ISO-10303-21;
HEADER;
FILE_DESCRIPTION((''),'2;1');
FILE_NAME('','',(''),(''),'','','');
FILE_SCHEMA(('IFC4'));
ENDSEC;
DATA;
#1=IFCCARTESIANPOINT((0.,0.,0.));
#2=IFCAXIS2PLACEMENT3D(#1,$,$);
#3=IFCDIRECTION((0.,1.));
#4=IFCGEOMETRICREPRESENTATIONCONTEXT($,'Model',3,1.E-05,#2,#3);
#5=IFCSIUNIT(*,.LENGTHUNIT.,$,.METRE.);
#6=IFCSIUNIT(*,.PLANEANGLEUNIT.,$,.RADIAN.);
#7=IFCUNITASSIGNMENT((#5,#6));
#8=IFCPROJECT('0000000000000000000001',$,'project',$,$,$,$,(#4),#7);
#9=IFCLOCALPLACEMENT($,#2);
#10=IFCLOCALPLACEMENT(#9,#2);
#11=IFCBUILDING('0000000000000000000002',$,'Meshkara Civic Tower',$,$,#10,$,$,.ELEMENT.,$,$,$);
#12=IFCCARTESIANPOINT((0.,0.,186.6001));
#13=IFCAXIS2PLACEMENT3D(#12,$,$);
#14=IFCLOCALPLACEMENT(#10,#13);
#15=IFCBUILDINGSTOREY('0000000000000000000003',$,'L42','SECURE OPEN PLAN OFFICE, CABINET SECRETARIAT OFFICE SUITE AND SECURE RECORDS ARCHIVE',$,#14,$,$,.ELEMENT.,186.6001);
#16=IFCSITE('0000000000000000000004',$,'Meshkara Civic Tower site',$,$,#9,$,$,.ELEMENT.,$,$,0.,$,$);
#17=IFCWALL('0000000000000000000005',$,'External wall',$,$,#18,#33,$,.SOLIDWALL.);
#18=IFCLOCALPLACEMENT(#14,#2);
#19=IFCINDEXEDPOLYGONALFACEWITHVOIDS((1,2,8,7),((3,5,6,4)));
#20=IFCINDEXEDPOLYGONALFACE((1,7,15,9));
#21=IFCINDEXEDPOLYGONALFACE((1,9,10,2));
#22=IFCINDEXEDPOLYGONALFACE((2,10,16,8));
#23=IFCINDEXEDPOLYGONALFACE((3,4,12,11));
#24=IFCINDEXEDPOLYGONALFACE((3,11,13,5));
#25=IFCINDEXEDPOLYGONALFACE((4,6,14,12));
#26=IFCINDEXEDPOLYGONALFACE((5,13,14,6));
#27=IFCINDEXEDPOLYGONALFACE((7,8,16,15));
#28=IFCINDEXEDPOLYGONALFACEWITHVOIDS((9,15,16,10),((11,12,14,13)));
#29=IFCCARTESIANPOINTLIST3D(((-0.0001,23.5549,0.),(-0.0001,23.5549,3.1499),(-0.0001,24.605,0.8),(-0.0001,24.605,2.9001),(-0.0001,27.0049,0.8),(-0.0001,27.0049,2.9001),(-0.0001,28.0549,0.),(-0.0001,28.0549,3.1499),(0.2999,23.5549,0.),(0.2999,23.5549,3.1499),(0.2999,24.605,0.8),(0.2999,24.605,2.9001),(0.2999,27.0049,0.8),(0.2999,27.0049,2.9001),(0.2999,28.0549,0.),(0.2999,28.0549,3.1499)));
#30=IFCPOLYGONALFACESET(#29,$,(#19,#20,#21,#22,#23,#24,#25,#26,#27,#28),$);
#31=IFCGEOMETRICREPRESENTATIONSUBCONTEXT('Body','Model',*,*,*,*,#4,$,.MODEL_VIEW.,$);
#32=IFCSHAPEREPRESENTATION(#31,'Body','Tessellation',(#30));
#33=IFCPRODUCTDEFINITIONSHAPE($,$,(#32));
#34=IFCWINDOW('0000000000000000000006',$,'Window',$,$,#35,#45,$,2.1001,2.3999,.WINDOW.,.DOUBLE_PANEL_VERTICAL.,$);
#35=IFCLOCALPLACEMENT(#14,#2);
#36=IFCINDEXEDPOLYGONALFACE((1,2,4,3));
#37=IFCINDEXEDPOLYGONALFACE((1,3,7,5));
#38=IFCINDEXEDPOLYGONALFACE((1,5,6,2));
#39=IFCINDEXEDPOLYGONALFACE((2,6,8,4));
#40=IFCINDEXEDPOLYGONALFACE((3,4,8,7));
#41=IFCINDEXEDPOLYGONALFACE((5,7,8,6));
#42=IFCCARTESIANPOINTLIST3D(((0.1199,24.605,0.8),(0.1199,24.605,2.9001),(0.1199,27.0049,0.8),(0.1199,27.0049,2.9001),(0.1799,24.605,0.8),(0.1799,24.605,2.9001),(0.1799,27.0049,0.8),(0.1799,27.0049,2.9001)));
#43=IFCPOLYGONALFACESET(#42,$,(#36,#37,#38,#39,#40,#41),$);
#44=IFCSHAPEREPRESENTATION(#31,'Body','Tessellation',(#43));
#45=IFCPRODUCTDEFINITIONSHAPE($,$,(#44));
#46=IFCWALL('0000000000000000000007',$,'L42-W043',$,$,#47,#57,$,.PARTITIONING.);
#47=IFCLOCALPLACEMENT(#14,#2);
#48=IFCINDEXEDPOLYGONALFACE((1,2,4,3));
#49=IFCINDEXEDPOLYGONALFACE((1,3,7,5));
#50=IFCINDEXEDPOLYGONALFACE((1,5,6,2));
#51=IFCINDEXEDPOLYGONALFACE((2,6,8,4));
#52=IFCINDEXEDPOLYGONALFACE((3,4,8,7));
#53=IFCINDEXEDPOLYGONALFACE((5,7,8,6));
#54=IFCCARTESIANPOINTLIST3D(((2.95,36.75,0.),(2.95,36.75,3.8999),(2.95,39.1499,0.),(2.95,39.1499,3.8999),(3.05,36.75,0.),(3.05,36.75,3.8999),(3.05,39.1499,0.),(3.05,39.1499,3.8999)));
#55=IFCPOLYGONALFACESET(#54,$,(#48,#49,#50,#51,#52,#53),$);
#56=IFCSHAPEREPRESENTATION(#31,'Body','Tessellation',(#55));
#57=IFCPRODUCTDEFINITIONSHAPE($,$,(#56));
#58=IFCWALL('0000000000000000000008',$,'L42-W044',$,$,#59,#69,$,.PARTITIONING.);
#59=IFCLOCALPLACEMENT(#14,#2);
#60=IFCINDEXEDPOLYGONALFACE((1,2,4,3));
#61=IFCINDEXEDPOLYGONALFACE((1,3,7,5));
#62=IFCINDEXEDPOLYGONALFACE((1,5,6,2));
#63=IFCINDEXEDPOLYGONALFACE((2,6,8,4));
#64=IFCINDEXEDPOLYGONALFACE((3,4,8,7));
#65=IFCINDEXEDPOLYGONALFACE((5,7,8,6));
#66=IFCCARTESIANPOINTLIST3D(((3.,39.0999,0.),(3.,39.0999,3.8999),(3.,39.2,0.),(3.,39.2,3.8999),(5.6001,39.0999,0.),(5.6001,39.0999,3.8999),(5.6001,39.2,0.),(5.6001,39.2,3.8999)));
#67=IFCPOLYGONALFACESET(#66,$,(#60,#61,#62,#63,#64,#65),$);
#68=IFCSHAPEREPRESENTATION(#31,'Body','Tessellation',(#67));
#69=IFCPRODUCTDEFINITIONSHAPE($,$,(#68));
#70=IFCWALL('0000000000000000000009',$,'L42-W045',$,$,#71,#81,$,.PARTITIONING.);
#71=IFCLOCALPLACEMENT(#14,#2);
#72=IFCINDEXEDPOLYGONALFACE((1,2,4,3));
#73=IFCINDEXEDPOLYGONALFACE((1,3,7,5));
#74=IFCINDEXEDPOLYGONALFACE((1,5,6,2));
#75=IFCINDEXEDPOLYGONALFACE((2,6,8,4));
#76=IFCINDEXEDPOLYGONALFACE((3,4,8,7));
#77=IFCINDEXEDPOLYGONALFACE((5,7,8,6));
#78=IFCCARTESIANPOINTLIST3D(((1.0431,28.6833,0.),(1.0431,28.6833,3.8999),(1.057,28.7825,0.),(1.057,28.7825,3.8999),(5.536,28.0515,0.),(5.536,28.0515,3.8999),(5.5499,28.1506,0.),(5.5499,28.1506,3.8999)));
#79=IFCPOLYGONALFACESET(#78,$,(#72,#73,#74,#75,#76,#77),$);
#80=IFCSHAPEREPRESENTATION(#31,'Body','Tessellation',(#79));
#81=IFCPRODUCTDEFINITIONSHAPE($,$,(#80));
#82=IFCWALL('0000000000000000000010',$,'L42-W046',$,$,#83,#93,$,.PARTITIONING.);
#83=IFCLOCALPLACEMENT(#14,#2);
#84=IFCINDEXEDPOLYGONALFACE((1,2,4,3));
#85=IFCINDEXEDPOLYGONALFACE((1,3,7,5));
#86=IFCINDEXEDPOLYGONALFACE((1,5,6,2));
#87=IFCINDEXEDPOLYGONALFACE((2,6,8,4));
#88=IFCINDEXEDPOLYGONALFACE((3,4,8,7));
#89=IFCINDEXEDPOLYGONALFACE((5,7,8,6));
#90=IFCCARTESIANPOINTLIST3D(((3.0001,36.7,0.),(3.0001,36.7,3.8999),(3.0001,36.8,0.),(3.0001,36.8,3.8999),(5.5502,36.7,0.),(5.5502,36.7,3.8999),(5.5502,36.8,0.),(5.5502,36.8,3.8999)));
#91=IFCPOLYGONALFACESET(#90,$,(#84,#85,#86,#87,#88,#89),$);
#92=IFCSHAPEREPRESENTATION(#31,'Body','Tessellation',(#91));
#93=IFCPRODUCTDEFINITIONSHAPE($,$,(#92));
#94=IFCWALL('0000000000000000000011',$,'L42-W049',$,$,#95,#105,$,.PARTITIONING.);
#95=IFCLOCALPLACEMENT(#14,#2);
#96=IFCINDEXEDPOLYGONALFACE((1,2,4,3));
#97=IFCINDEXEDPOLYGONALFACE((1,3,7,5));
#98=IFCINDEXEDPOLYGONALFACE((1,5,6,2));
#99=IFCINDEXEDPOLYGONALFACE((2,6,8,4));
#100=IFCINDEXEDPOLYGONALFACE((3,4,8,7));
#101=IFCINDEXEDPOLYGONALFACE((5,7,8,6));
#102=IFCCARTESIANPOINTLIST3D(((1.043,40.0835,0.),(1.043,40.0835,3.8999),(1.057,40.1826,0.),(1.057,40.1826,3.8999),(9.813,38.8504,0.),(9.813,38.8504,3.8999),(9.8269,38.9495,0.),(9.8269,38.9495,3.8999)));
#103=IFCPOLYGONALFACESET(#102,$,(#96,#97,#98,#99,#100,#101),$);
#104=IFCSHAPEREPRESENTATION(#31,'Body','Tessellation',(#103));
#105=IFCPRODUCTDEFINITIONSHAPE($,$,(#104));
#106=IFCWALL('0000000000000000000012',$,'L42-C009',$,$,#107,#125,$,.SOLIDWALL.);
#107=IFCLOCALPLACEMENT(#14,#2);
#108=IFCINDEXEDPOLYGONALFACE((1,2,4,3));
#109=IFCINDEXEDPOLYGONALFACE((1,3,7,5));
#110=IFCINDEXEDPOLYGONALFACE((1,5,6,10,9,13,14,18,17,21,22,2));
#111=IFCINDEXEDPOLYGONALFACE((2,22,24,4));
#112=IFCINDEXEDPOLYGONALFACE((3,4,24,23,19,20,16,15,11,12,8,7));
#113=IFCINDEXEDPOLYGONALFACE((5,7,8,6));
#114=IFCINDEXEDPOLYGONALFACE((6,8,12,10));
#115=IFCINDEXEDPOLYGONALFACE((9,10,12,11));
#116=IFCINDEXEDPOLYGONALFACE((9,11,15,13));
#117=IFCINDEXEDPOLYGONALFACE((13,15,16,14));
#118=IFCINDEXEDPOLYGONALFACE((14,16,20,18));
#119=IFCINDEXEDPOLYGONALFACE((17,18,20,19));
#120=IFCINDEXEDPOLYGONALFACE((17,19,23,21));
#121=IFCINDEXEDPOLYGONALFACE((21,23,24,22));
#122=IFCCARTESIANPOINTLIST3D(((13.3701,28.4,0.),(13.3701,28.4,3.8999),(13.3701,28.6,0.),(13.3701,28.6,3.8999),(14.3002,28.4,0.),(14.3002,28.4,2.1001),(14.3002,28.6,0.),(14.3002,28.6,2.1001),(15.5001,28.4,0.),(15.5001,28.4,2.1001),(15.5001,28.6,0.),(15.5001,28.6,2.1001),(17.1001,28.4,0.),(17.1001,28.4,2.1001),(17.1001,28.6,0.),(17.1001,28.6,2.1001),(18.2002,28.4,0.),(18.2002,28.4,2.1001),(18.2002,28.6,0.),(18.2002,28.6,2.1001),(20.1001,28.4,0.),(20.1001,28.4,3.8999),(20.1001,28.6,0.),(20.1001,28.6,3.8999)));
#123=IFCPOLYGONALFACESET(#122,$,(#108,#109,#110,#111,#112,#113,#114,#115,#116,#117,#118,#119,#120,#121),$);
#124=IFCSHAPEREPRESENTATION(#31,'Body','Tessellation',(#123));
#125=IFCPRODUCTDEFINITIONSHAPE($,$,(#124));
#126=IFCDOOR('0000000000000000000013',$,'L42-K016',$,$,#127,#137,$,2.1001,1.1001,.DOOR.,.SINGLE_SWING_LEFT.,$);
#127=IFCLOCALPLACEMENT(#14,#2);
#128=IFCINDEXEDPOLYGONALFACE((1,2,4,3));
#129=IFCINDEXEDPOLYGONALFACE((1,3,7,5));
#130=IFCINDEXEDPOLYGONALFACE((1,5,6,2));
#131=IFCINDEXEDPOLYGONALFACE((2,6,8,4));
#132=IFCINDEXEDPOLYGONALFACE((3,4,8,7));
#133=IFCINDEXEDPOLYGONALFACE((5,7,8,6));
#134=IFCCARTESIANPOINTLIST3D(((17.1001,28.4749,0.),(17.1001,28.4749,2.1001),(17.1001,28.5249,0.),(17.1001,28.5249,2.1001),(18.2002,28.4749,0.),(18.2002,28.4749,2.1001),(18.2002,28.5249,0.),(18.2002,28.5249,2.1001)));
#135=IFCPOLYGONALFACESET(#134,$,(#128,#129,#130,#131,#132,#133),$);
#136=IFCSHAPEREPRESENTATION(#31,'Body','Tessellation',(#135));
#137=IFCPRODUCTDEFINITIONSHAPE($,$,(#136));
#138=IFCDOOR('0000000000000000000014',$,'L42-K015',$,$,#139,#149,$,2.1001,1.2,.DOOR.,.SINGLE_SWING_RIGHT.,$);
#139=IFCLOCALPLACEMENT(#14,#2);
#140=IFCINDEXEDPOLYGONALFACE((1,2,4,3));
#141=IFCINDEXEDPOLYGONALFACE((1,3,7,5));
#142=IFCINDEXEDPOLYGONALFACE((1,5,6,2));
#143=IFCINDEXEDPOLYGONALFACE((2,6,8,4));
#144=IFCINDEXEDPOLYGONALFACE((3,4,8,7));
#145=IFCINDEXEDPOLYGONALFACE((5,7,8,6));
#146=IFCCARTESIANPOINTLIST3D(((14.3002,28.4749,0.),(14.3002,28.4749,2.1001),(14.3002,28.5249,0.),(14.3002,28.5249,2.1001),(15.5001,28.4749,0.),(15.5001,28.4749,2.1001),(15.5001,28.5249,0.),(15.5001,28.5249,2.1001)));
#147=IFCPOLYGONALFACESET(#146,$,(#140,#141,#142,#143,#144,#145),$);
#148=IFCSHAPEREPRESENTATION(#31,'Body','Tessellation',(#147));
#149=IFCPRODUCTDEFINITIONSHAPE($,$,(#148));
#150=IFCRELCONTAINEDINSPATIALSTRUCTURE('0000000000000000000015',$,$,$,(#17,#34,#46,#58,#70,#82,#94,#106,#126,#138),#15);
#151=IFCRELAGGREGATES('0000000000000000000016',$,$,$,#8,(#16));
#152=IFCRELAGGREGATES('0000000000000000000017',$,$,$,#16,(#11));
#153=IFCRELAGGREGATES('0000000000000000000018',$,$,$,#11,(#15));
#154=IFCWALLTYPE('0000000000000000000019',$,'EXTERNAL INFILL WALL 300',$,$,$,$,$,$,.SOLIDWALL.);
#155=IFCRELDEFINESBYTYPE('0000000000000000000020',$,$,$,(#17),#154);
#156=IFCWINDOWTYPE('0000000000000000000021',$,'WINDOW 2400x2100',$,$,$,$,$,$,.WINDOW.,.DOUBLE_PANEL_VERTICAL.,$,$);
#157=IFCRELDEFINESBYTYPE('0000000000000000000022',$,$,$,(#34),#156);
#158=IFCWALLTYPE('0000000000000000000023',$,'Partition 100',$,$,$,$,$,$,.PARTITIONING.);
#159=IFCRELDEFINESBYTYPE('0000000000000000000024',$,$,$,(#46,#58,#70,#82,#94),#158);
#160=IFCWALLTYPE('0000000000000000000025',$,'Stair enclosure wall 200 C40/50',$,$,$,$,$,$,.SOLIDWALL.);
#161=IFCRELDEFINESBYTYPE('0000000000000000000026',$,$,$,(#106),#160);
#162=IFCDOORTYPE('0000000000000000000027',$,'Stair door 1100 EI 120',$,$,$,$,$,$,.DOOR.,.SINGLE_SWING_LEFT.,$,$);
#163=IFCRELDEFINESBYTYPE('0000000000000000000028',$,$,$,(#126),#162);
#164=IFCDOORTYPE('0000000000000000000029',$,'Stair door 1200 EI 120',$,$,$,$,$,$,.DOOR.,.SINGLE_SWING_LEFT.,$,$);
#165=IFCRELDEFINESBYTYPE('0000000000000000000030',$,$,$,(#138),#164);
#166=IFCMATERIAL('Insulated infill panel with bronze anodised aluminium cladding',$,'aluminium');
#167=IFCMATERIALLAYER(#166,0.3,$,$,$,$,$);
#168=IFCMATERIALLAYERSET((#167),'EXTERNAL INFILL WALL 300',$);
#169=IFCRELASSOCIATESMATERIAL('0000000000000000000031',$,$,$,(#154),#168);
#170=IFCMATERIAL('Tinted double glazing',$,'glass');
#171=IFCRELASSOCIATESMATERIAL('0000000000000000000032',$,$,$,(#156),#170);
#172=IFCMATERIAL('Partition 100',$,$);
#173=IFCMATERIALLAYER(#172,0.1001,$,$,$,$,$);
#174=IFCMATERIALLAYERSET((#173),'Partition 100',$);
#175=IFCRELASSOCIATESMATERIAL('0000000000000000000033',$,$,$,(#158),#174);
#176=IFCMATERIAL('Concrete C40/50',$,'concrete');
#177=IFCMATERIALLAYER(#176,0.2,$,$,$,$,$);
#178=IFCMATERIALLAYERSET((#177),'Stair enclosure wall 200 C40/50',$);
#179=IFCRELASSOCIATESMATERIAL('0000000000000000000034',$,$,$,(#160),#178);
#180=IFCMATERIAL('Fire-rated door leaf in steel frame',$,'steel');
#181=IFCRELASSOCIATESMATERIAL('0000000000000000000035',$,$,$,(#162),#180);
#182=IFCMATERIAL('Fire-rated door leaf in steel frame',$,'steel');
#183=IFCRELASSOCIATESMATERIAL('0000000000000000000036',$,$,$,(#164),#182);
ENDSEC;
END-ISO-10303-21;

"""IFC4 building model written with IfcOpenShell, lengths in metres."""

from ifc_helpers import new_model, si_unit, direction, frame, frame_2d, origin, place, context, subcontext, project, spatial, rectangle, extrude, material, layer, layer_set, type_object, element, fill, save


model = new_model("IFC4")

# Units and contexts
model_context = context("Model", 3, precision=1e-05, world=origin(), true_north=direction((0.0, 1.0)))
body_context = subcontext(model_context, "Body", "Model", "MODEL_VIEW")
ifc_project = project(units=[si_unit("LENGTHUNIT", "METRE"), si_unit("PLANEANGLEUNIT", "RADIAN")], contexts=[model_context])

# Site, building, storey
site_placement = place(None, origin())
site = spatial("IfcSite", under=ifc_project, at=site_placement, Name="Meshkara Civic Tower site", CompositionType="ELEMENT", RefElevation=0.0)
building_placement = place(site_placement, origin())
building = spatial("IfcBuilding", under=site, at=building_placement, Name="Meshkara Civic Tower", CompositionType="ELEMENT")
storey_placement = place(building_placement, frame((0.0, 0.0, 186.6001)))
storey = spatial("IfcBuildingStorey", under=building, at=storey_placement, Name="L42", Description="SECURE OPEN PLAN OFFICE, CABINET SECRETARIAT OFFICE SUITE AND SECURE RECORDS ARCHIVE", CompositionType="ELEMENT", Elevation=186.6001)

# Wall, opening, window
ifc_material_1 = material(Name="Insulated infill panel with bronze anodised aluminium cladding", Category="aluminium")
ifc_layer_1 = layer(ifc_material_1, 0.3)
ifc_layer_set_1 = layer_set([ifc_layer_1], Name="EXTERNAL INFILL WALL 300")
wall_type_1 = type_object("IfcWallType", Name="EXTERNAL INFILL WALL 300", PredefinedType="SOLIDWALL", material=ifc_layer_set_1)
ifc_material_2 = material(Name="Tinted double glazing", Category="glass")
window_type = type_object("IfcWindowType", Name="WINDOW 2400x2100", PartitioningType="DOUBLE_PANEL_VERTICAL", PredefinedType="WINDOW", material=ifc_material_2)
wall_1_placement = place(storey_placement, frame((0.1499, 28.0549, 0.0), z_axis=(0.0, 0.0, 1.0), x_axis=(0.0, -1.0, 0.0)))
wall_1 = element("IfcWall", 1, at=wall_1_placement, inside=storey, type_object=wall_type_1, Name="External wall", PredefinedType="SOLIDWALL", context=body_context, shape_type="SweptSolid", body=[
    extrude(rectangle(XDim=4.5, YDim=0.3, at=frame_2d((2.25, 0.0))), origin(), (0.0, 0.0, 1.0), 3.1499),
])
opening_1_placement = place(wall_1_placement, frame((1.05, 0.0, 0.8)))
opening_1 = element("IfcOpeningElement", 2, at=opening_1_placement, cuts=wall_1, PredefinedType="OPENING", context=body_context, shape_type="SweptSolid", body=[
    extrude(rectangle(XDim=2.3999, YDim=2.1001, at=frame_2d((1.2, 1.05))), frame((0.0, 0.1599, 0.0), z_axis=(0.0, -1.0, 0.0), x_axis=(1.0, 0.0, 0.0)), (0.0, 0.0, 1.0), 0.3201),
])
window_1_placement = place(opening_1_placement, origin())
window_1 = element("IfcWindow", 3, at=window_1_placement, inside=storey, type_object=window_type, Name="Window", OverallHeight=2.1001, OverallWidth=2.3999, PartitioningType="DOUBLE_PANEL_VERTICAL", PredefinedType="WINDOW", context=body_context, shape_type="SweptSolid", body=[
    extrude(rectangle(XDim=2.3999, YDim=2.1001, at=frame_2d((1.2, 1.05))), frame((0.0, 0.03, 0.0), z_axis=(0.0, -1.0, 0.0), x_axis=(1.0, 0.0, 0.0)), (0.0, 0.0, 1.0), 0.0601),
])
fill(opening_1, window_1)

# Walls
ifc_material_3 = material(Name="Partition 100")
ifc_layer_2 = layer(ifc_material_3, 0.1001)
ifc_layer_set_2 = layer_set([ifc_layer_2], Name="Partition 100")
wall_type_2 = type_object("IfcWallType", Name="Partition 100", PredefinedType="PARTITIONING", material=ifc_layer_set_2)
wall_2_placement = place(storey_placement, frame((3.0, 36.75, 0.0), z_axis=(0.0, 0.0, 1.0), x_axis=(0.0, 1.0, 0.0)))
element("IfcWall", 4, at=wall_2_placement, inside=storey, type_object=wall_type_2, Name="L42-W043", PredefinedType="PARTITIONING", context=body_context, shape_type="SweptSolid", body=[
    extrude(rectangle(XDim=2.3999, YDim=0.1001, at=frame_2d((1.2, 0.0))), origin(), (0.0, 0.0, 1.0), 3.8999),
])
wall_3_placement = place(storey_placement, frame((3.0, 39.1499, 0.0), z_axis=(0.0, 0.0, 1.0), x_axis=(1.0, 0.0, 0.0)))
element("IfcWall", 5, at=wall_3_placement, inside=storey, type_object=wall_type_2, Name="L42-W044", PredefinedType="PARTITIONING", context=body_context, shape_type="SweptSolid", body=[
    extrude(rectangle(XDim=2.6001, YDim=0.1001, at=frame_2d((1.3, 0.0))), origin(), (0.0, 0.0, 1.0), 3.8999),
])
wall_4_placement = place(storey_placement, frame((5.543, 28.1011, 0.0), z_axis=(0.0, 0.0, 1.0), x_axis=(-0.990256, 0.139259, 0.0)))
element("IfcWall", 6, at=wall_4_placement, inside=storey, type_object=wall_type_2, Name="L42-W045", PredefinedType="PARTITIONING", context=body_context, shape_type="SweptSolid", body=[
    extrude(rectangle(XDim=4.5371, YDim=0.1001, at=frame_2d((2.2686, 0.0))), origin(), (0.0, 0.0, 1.0), 3.8999),
])
wall_5_placement = place(storey_placement, frame((5.55, 36.75, 0.0), z_axis=(0.0, 0.0, 1.0), x_axis=(-1.0, 0.0, 0.0)))
element("IfcWall", 7, at=wall_5_placement, inside=storey, type_object=wall_type_2, Name="L42-W046", PredefinedType="PARTITIONING", context=body_context, shape_type="SweptSolid", body=[
    extrude(rectangle(XDim=2.55, YDim=0.1001, at=frame_2d((1.2749, 0.0))), origin(), (0.0, 0.0, 1.0), 3.8999),
])
wall_6_placement = place(storey_placement, frame((9.8201, 38.8999, 0.0), z_axis=(0.0, 0.0, 1.0), x_axis=(-0.990259, 0.13924, 0.0)))
element("IfcWall", 8, at=wall_6_placement, inside=storey, type_object=wall_type_2, Name="L42-W049", PredefinedType="PARTITIONING", context=body_context, shape_type="SweptSolid", body=[
    extrude(rectangle(XDim=8.8562, YDim=0.1001, at=frame_2d((4.4282, 0.0))), origin(), (0.0, 0.0, 1.0), 3.8999),
])

# Wall, openings, doors
ifc_material_4 = material(Name="Concrete C40/50", Category="concrete")
ifc_layer_3 = layer(ifc_material_4, 0.2)
ifc_layer_set_3 = layer_set([ifc_layer_3], Name="Stair enclosure wall 200 C40/50")
wall_type_3 = type_object("IfcWallType", Name="Stair enclosure wall 200 C40/50", PredefinedType="SOLIDWALL", material=ifc_layer_set_3)
wall_7_placement = place(storey_placement, frame((13.3701, 28.5, 0.0), z_axis=(0.0, 0.0, 1.0), x_axis=(1.0, 0.0, 0.0)))
wall_7 = element("IfcWall", 9, at=wall_7_placement, inside=storey, type_object=wall_type_3, Name="L42-C009", PredefinedType="SOLIDWALL", context=body_context, shape_type="SweptSolid", body=[
    extrude(rectangle(XDim=6.73, YDim=0.2, at=frame_2d((3.365, 0.0))), origin(), (0.0, 0.0, 1.0), 3.8999),
])
opening_2_placement = place(wall_7_placement, frame((0.9299, 0.0, 0.0)))
opening_2 = element("IfcOpeningElement", 10, at=opening_2_placement, cuts=wall_7, PredefinedType="OPENING", context=body_context, shape_type="SweptSolid", body=[
    extrude(rectangle(XDim=1.2, YDim=2.1001, at=frame_2d((0.6001, 1.05))), frame((0.0, 0.1099, 0.0), z_axis=(0.0, -1.0, 0.0), x_axis=(1.0, 0.0, 0.0)), (0.0, 0.0, 1.0), 0.22),
])
opening_3_placement = place(wall_7_placement, frame((3.73, 0.0, 0.0)))
opening_3 = element("IfcOpeningElement", 11, at=opening_3_placement, cuts=wall_7, PredefinedType="OPENING", context=body_context, shape_type="SweptSolid", body=[
    extrude(rectangle(XDim=1.1001, YDim=2.1001, at=frame_2d((0.55, 1.05))), frame((0.0, 0.1099, 0.0), z_axis=(0.0, -1.0, 0.0), x_axis=(1.0, 0.0, 0.0)), (0.0, 0.0, 1.0), 0.22),
])
ifc_material_5 = material(Name="Fire-rated door leaf in steel frame", Category="steel")
door_type_1 = type_object("IfcDoorType", Name="Stair door 1100 EI 120", OperationType="SINGLE_SWING_LEFT", PredefinedType="DOOR", material=ifc_material_5)
door_1_placement = place(opening_3_placement, origin())
door_1 = element("IfcDoor", 12, at=door_1_placement, inside=storey, type_object=door_type_1, Name="L42-K016", OperationType="SINGLE_SWING_LEFT", OverallHeight=2.1001, OverallWidth=1.1001, PredefinedType="DOOR", context=body_context, shape_type="SweptSolid", body=[
    extrude(rectangle(XDim=1.1001, YDim=2.1001, at=frame_2d((0.55, 1.05))), frame((0.0, 0.0249, 0.0), z_axis=(0.0, -1.0, 0.0), x_axis=(1.0, 0.0, 0.0)), (0.0, 0.0, 1.0), 0.05),
])
fill(opening_3, door_1)
ifc_material_6 = material(Name="Fire-rated door leaf in steel frame", Category="steel")
door_type_2 = type_object("IfcDoorType", Name="Stair door 1200 EI 120", OperationType="SINGLE_SWING_LEFT", PredefinedType="DOOR", material=ifc_material_6)
door_2_placement = place(opening_2_placement, origin())
door_2 = element("IfcDoor", 13, at=door_2_placement, inside=storey, type_object=door_type_2, Name="L42-K015", OperationType="SINGLE_SWING_RIGHT", OverallHeight=2.1001, OverallWidth=1.2, PredefinedType="DOOR", context=body_context, shape_type="SweptSolid", body=[
    extrude(rectangle(XDim=1.2, YDim=2.1001, at=frame_2d((0.6001, 1.05))), frame((0.0, 0.0249, 0.0), z_axis=(0.0, -1.0, 0.0), x_axis=(1.0, 0.0, 0.0)), (0.0, 0.0, 1.0), 0.05),
])
fill(opening_2, door_2)

save(model, "model.ifc")
